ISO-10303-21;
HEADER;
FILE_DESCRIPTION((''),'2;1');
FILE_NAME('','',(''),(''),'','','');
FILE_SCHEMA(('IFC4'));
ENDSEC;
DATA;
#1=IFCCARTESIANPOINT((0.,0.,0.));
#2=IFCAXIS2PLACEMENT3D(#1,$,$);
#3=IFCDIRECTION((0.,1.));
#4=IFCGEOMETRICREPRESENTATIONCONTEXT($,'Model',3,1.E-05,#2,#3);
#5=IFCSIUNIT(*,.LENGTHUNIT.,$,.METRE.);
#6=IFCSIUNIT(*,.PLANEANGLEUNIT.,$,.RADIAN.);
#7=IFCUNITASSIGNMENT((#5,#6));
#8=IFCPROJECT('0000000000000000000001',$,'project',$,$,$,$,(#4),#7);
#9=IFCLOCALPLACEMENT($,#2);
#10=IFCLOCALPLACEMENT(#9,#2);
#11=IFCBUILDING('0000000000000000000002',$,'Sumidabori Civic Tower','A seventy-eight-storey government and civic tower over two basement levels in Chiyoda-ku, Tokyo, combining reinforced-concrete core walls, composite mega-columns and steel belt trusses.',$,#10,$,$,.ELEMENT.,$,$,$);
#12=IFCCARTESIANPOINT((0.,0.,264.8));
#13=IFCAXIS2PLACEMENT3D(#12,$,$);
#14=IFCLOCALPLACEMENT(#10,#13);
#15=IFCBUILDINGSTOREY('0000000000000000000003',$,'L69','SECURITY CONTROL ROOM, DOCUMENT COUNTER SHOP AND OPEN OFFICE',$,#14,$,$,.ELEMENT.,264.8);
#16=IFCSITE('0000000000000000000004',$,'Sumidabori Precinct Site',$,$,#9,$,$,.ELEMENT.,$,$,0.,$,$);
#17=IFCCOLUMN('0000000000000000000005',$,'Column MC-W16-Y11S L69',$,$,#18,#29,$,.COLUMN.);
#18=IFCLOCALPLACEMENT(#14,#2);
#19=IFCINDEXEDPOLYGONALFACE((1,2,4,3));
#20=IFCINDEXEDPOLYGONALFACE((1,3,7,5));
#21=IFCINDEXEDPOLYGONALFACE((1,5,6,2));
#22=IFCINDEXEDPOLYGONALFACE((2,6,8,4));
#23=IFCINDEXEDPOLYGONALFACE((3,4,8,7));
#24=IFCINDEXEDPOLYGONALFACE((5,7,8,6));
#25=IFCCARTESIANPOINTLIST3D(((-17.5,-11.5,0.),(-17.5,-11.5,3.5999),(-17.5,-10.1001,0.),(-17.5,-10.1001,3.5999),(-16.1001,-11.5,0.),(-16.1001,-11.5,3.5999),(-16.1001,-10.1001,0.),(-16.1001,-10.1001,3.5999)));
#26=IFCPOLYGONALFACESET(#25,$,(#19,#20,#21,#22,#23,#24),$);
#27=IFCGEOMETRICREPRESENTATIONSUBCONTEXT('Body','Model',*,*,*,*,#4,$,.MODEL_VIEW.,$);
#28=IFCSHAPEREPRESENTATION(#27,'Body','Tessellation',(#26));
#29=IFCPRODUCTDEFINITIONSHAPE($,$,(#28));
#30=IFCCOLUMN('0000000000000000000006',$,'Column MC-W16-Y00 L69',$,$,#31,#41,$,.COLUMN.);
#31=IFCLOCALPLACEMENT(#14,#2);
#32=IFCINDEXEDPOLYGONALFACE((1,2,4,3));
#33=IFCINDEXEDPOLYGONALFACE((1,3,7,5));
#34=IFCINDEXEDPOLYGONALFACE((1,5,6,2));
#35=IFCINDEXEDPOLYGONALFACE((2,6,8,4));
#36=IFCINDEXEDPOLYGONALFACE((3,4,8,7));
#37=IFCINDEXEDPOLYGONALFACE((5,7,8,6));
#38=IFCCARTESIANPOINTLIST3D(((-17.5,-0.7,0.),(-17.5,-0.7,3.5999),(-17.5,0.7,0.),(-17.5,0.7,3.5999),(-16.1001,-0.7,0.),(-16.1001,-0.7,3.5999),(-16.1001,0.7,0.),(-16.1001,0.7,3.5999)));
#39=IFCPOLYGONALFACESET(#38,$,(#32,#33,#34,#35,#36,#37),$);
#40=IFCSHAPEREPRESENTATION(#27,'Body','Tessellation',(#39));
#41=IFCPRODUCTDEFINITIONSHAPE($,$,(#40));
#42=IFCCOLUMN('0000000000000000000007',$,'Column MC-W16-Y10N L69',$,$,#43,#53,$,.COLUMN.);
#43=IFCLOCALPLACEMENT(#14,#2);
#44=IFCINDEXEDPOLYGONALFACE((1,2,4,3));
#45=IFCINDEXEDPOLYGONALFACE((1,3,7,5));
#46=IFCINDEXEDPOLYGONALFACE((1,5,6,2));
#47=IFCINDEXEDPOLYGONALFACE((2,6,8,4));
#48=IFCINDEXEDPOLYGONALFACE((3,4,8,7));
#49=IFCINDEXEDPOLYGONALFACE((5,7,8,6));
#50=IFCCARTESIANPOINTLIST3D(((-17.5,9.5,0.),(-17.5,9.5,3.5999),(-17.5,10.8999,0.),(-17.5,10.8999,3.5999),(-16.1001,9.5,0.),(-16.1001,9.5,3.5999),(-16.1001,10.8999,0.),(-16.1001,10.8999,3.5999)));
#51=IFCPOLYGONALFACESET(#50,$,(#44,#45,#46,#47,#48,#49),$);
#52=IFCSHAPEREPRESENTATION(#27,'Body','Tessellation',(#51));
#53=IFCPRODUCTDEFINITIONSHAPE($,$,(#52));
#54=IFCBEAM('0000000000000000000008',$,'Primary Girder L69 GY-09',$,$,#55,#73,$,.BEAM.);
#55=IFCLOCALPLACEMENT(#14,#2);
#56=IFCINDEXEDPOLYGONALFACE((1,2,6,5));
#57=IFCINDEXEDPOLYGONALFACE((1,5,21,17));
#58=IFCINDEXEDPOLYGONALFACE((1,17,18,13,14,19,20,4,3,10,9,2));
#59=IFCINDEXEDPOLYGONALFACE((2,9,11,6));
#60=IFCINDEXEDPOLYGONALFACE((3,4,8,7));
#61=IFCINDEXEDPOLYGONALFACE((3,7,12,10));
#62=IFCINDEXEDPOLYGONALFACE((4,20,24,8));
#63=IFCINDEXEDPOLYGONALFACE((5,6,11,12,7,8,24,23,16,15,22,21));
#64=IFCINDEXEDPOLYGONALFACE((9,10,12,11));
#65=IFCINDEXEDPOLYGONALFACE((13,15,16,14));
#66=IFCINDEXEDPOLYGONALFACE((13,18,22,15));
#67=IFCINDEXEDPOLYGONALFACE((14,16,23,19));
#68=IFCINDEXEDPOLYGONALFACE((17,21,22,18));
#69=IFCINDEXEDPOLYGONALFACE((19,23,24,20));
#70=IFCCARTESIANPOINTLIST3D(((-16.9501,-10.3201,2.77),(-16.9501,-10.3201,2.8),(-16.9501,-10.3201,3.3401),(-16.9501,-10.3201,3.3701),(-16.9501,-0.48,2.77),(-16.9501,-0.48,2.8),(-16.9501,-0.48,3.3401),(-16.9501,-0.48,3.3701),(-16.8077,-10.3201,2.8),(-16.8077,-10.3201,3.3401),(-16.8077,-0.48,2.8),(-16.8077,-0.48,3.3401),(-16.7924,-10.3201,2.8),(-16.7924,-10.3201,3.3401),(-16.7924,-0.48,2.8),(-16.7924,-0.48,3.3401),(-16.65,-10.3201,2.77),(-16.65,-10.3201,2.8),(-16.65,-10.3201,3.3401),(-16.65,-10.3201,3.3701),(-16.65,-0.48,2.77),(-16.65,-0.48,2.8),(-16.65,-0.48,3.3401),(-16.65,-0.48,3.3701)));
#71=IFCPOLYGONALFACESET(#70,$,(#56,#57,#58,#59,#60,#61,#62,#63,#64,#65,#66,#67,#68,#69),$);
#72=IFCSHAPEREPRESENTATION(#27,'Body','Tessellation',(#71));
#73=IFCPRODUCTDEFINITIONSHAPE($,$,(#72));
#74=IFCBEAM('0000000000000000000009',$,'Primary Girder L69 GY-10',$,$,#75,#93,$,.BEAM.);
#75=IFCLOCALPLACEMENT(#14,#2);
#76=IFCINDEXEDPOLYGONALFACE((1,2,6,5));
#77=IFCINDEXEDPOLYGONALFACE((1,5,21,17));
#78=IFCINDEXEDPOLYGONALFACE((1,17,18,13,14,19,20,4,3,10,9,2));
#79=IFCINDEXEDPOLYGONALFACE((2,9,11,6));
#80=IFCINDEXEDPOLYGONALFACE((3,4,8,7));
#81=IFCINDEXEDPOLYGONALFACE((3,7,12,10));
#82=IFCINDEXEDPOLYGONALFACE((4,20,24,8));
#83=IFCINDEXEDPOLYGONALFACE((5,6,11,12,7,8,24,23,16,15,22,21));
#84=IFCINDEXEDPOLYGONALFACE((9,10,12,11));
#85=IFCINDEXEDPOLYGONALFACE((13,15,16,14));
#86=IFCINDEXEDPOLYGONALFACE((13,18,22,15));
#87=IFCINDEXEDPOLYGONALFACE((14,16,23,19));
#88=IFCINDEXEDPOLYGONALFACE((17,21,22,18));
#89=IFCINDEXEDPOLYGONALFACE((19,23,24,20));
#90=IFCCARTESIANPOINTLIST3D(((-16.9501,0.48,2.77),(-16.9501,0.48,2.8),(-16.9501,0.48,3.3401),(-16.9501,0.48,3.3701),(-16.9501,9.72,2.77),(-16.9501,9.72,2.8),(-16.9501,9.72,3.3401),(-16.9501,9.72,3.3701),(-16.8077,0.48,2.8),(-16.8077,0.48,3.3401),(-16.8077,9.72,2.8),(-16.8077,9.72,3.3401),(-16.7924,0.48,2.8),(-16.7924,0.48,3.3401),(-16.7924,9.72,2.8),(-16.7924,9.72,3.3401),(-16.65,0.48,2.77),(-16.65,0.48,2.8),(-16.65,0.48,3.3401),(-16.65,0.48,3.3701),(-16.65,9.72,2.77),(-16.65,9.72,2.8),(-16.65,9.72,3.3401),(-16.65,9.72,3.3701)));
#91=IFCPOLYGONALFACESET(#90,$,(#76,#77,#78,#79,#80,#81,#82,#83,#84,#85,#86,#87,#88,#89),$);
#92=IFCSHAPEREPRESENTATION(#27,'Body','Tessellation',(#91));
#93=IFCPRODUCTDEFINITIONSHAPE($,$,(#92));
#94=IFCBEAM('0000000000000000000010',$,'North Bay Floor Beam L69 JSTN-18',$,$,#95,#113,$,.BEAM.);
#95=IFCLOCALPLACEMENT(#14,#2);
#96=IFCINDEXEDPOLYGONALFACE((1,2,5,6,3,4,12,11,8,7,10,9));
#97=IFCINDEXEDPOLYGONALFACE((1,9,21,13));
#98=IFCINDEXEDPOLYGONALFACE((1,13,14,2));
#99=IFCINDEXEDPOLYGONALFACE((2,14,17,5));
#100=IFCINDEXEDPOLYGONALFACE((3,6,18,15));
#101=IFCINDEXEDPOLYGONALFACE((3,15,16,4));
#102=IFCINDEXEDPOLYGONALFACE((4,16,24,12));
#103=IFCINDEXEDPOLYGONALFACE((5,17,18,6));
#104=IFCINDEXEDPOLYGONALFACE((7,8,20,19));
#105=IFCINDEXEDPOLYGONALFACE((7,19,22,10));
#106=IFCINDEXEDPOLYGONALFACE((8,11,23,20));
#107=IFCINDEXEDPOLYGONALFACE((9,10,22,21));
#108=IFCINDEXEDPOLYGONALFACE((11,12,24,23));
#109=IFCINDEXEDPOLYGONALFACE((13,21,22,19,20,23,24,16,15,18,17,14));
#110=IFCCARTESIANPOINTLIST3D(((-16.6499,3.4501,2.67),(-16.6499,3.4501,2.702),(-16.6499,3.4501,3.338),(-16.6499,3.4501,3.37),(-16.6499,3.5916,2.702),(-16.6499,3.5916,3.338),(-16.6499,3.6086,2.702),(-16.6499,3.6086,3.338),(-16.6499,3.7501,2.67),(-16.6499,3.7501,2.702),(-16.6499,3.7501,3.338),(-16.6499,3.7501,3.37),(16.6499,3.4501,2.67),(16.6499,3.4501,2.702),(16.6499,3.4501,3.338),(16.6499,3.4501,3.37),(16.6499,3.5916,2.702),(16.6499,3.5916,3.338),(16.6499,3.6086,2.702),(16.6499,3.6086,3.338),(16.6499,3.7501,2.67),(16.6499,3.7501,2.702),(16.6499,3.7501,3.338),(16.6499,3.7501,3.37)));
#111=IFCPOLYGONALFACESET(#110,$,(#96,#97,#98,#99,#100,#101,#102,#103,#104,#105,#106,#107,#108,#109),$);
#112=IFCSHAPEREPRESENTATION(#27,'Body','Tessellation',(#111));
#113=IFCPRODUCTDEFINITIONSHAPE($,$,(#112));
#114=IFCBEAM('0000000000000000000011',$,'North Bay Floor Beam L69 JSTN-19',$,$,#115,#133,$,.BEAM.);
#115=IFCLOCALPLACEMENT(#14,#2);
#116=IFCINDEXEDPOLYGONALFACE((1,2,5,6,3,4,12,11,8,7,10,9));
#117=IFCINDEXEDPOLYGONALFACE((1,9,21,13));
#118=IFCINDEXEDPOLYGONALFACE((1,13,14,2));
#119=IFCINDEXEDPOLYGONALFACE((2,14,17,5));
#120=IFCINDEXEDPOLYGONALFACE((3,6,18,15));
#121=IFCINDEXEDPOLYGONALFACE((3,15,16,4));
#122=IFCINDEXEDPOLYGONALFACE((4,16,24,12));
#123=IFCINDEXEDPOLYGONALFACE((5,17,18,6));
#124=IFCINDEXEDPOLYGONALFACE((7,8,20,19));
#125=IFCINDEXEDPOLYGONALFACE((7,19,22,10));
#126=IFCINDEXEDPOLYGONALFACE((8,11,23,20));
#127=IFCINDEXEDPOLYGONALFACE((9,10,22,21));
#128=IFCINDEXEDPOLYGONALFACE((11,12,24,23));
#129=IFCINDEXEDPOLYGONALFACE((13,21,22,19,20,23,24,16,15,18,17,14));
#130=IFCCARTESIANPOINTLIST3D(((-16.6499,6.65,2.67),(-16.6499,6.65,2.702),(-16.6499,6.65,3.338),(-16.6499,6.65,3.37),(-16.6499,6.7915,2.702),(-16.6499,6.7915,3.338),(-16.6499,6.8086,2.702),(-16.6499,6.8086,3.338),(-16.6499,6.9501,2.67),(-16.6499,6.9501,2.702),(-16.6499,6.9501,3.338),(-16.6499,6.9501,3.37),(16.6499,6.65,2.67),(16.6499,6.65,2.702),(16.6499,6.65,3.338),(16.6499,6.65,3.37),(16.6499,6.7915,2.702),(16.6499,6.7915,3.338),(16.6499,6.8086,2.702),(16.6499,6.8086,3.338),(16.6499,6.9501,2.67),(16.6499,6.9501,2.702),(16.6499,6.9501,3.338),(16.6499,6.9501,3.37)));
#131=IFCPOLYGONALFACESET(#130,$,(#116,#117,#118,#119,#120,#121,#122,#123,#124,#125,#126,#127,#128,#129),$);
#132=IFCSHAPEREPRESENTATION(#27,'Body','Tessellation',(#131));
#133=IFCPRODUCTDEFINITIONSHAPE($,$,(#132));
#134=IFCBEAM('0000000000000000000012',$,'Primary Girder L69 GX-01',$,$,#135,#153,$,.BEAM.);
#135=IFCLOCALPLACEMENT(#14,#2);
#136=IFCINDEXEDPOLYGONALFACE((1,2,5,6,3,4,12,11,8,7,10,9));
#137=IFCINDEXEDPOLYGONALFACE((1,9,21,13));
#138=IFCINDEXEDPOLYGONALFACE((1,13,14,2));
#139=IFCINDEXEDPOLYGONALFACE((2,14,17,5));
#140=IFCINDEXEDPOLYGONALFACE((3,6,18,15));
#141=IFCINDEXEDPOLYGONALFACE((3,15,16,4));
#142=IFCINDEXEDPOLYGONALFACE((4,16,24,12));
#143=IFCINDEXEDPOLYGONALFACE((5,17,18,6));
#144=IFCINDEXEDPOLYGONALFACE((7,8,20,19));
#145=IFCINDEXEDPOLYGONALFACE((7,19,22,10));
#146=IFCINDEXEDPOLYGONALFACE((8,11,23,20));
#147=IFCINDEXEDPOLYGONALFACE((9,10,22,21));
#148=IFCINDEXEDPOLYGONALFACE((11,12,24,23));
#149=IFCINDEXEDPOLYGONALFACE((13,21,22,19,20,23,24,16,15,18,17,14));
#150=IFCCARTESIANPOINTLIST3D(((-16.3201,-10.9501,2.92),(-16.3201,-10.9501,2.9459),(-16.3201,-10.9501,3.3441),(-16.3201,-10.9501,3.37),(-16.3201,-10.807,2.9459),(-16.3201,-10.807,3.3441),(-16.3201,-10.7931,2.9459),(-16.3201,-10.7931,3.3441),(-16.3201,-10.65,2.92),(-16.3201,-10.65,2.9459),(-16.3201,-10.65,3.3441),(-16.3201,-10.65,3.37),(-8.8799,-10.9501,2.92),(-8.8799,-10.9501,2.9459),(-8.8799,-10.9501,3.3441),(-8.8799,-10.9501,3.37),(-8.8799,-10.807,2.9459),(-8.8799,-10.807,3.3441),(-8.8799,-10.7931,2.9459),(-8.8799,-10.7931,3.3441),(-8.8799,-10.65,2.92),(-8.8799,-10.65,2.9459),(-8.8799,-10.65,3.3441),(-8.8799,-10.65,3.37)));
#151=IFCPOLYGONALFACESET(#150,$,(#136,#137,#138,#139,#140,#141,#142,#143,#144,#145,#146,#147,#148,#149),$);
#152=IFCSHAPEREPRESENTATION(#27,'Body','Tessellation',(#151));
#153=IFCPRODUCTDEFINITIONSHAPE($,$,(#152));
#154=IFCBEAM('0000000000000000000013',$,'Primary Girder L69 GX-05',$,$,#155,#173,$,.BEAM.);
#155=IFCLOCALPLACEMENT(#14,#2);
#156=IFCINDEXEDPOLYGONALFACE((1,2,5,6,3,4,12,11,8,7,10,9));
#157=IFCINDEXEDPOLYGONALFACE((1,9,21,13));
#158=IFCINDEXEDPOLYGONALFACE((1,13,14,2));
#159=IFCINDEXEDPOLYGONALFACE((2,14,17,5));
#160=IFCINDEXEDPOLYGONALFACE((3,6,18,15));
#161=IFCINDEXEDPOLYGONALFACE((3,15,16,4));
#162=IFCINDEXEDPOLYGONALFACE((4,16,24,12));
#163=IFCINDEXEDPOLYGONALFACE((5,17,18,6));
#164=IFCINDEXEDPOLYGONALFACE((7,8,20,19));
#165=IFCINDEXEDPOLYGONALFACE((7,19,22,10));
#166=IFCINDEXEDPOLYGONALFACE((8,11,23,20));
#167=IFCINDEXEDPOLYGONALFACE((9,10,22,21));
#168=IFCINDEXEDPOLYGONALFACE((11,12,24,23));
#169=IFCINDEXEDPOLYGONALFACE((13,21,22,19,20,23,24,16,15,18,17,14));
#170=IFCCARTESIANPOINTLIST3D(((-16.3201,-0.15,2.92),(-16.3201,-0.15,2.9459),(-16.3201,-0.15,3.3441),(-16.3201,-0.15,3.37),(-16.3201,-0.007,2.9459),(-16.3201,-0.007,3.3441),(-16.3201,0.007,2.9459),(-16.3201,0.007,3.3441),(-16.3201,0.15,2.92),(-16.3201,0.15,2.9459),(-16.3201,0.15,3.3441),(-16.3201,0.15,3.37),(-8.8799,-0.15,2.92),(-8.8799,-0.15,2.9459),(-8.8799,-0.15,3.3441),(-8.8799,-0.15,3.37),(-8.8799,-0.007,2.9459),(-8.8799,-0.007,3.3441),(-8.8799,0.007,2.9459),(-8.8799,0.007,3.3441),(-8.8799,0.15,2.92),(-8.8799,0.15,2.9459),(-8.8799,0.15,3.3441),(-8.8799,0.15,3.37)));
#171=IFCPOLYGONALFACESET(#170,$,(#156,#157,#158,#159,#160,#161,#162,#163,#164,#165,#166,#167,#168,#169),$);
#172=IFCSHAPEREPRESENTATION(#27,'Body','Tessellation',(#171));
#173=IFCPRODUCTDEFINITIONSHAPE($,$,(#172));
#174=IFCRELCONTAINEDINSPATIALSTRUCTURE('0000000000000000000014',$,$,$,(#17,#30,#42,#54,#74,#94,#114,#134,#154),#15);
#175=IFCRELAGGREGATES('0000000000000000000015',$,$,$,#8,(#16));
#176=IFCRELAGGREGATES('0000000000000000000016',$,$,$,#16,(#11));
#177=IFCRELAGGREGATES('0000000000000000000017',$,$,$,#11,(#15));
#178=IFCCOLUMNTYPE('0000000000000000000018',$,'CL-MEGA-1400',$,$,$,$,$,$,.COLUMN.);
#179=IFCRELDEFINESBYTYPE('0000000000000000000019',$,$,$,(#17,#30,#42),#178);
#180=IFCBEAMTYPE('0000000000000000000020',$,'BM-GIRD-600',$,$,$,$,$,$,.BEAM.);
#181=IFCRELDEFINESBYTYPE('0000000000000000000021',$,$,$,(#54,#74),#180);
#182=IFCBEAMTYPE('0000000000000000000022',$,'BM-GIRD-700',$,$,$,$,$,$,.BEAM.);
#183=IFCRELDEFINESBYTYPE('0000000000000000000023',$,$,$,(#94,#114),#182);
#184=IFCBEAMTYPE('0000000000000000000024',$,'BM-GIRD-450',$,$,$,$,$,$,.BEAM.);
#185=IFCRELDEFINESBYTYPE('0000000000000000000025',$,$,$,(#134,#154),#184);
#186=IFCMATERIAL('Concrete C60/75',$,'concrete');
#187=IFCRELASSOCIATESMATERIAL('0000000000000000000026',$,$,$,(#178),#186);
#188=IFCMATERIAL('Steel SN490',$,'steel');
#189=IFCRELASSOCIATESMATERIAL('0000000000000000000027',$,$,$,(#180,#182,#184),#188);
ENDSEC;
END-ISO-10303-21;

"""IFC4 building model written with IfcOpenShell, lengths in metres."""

from ifc_helpers import new_model, si_unit, direction, frame, origin, origin_2d, place, context, subcontext, project, spatial, rectangle, i_section, extrude, source, transform, mapped, material, material_profile, profile_set, type_object, element, save


model = new_model("IFC4")

# Units and contexts
model_context = context("Model", 3, precision=1e-05, world=origin(), true_north=direction((0.0, 1.0)))
body_context = subcontext(model_context, "Body", "Model", "MODEL_VIEW")
ifc_project = project(units=[si_unit("LENGTHUNIT", "METRE"), si_unit("PLANEANGLEUNIT", "RADIAN")], contexts=[model_context])

# Site, building, storey
site_placement = place(None, origin())
site = spatial("IfcSite", under=ifc_project, at=site_placement, Name="Sumidabori Precinct Site", CompositionType="ELEMENT", RefElevation=0.0)
building_placement = place(site_placement, origin())
building = spatial("IfcBuilding", under=site, at=building_placement, Name="Sumidabori Civic Tower", Description="A seventy-eight-storey government and civic tower over two basement levels in Chiyoda-ku, Tokyo, combining reinforced-concrete core walls, composite mega-columns and steel belt trusses.", CompositionType="ELEMENT")
storey_placement = place(building_placement, frame((0.0, 0.0, 264.8)))
storey = spatial("IfcBuildingStorey", under=building, at=storey_placement, Name="L69", Description="SECURITY CONTROL ROOM, DOCUMENT COUNTER SHOP AND OPEN OFFICE", CompositionType="ELEMENT", Elevation=264.8)

# Columns
ifc_material_1 = material(Name="Concrete C60/75", Category="concrete")
ifc_material_profile_1 = material_profile(ifc_material_1, rectangle(XDim=1.3999, YDim=1.3999, at=origin_2d()), Name="RC 1400x1400")
ifc_profile_set_1 = profile_set([ifc_material_profile_1], Name="Concrete C60/75")
column_type = type_object("IfcColumnType", Name="CL-MEGA-1400", PredefinedType="COLUMN", material=ifc_profile_set_1)
shared_shape_1 = source(origin(), body_context, "Body", "SweptSolid", [
    extrude(rectangle(XDim=1.3999, YDim=1.3999, at=origin_2d()), origin(), (0.0, 0.0, 1.0), 3.5999),
])
for number, where, z_axis, x_axis, name in (
    (1, (-16.8, -10.8, 0.0), (0.0, 0.0, 1.0), (1.0, 0.0, 0.0), "Column MC-W16-Y11S L69"),
    (2, (-16.8, 0.0, 0.0), (0.0, 0.0, 1.0), (1.0, 0.0, 0.0), "Column MC-W16-Y00 L69"),
    (3, (-16.8, 10.2, 0.0), (0.0, 0.0, 1.0), (1.0, 0.0, 0.0), "Column MC-W16-Y10N L69"),
):
    element("IfcColumn", number, at=place(storey_placement, frame(where, z_axis=z_axis, x_axis=x_axis)), inside=storey, type_object=column_type, Name=name, PredefinedType="COLUMN", context=body_context, shape_type="MappedRepresentation", body=[
        mapped(shared_shape_1, transform((0.0, 0.0, 0.0), x_axis=(1.0, 0.0, 0.0), y_axis=(0.0, 1.0, 0.0), z_axis=(0.0, 0.0, 1.0), scale=1.0)),
    ])

# Beams
ifc_material_2 = material(Name="Steel SN490", Category="steel")
ifc_material_profile_2 = material_profile(ifc_material_2, i_section(OverallWidth=0.3, OverallDepth=0.6001, WebThickness=0.0154, FlangeThickness=0.03, at=origin_2d()), Name="HE 600 B")
ifc_profile_set_2 = profile_set([ifc_material_profile_2], Name="Steel SN490")
beam_type_1 = type_object("IfcBeamType", Name="BM-GIRD-600", PredefinedType="BEAM", material=ifc_profile_set_2)
shared_shape_2 = source(origin(), body_context, "Body", "SweptSolid", [
    extrude(i_section(OverallWidth=0.3, OverallDepth=0.6001, WebThickness=0.0154, FlangeThickness=0.03, at=origin_2d()), origin(), (0.0, 0.0, 1.0), 9.8401),
])
beam_1_placement = place(storey_placement, frame((-16.8, -10.3201, 3.0701), z_axis=(0.0, 1.0, 0.0), x_axis=(-1.0, 0.0, 0.0)))
element("IfcBeam", 4, at=beam_1_placement, inside=storey, type_object=beam_type_1, Name="Primary Girder L69 GY-09", PredefinedType="BEAM", context=body_context, shape_type="MappedRepresentation", body=[
    mapped(shared_shape_2, transform((0.0, 0.0, 0.0), x_axis=(1.0, 0.0, 0.0), y_axis=(0.0, 1.0, 0.0), z_axis=(0.0, 0.0, 1.0), scale=1.0)),
])
shared_shape_3 = source(origin(), body_context, "Body", "SweptSolid", [
    extrude(i_section(OverallWidth=0.3, OverallDepth=0.6001, WebThickness=0.0154, FlangeThickness=0.03, at=origin_2d()), origin(), (0.0, 0.0, 1.0), 9.24),
])
beam_2_placement = place(storey_placement, frame((-16.8, 0.48, 3.0701), z_axis=(0.0, 1.0, 0.0), x_axis=(-1.0, 0.0, 0.0)))
element("IfcBeam", 5, at=beam_2_placement, inside=storey, type_object=beam_type_1, Name="Primary Girder L69 GY-10", PredefinedType="BEAM", context=body_context, shape_type="MappedRepresentation", body=[
    mapped(shared_shape_3, transform((0.0, 0.0, 0.0), x_axis=(1.0, 0.0, 0.0), y_axis=(0.0, 1.0, 0.0), z_axis=(0.0, 0.0, 1.0), scale=1.0)),
])
ifc_material_profile_3 = material_profile(ifc_material_2, i_section(OverallWidth=0.3, OverallDepth=0.7, WebThickness=0.0171, FlangeThickness=0.032, at=origin_2d()), Name="HE 700 B")
ifc_profile_set_3 = profile_set([ifc_material_profile_3], Name="Steel SN490")
beam_type_2 = type_object("IfcBeamType", Name="BM-GIRD-700", PredefinedType="BEAM", material=ifc_profile_set_3)
shared_shape_4 = source(origin(), body_context, "Body", "SweptSolid", [
    extrude(i_section(OverallWidth=0.3, OverallDepth=0.7, WebThickness=0.0171, FlangeThickness=0.032, at=origin_2d()), origin(), (0.0, 0.0, 1.0), 33.2998),
])
for number, where, z_axis, x_axis, name in (
    (6, (-16.6499, 3.6001, 3.02), (1.0, 0.0, 0.0), (0.0, 1.0, 0.0), "North Bay Floor Beam L69 JSTN-18"),
    (7, (-16.6499, 6.8, 3.02), (1.0, 0.0, 0.0), (0.0, 1.0, 0.0), "North Bay Floor Beam L69 JSTN-19"),
):
    element("IfcBeam", number, at=place(storey_placement, frame(where, z_axis=z_axis, x_axis=x_axis)), inside=storey, type_object=beam_type_2, Name=name, PredefinedType="BEAM", context=body_context, shape_type="MappedRepresentation", body=[
        mapped(shared_shape_4, transform((0.0, 0.0, 0.0), x_axis=(1.0, 0.0, 0.0), y_axis=(0.0, 1.0, 0.0), z_axis=(0.0, 0.0, 1.0), scale=1.0)),
    ])
ifc_material_profile_4 = material_profile(ifc_material_2, i_section(OverallWidth=0.3, OverallDepth=0.45, WebThickness=0.0139, FlangeThickness=0.0259, at=origin_2d()), Name="HE 450 B")
ifc_profile_set_4 = profile_set([ifc_material_profile_4], Name="Steel SN490")
beam_type_3 = type_object("IfcBeamType", Name="BM-GIRD-450", PredefinedType="BEAM", material=ifc_profile_set_4)
shared_shape_5 = source(origin(), body_context, "Body", "SweptSolid", [
    extrude(i_section(OverallWidth=0.3, OverallDepth=0.45, WebThickness=0.0139, FlangeThickness=0.0259, at=origin_2d()), origin(), (0.0, 0.0, 1.0), 7.4402),
])
for number, where, z_axis, x_axis, name in (
    (8, (-16.3201, -10.8, 3.145), (1.0, 0.0, 0.0), (0.0, 1.0, 0.0), "Primary Girder L69 GX-01"),
    (9, (-16.3201, 0.0, 3.145), (1.0, 0.0, 0.0), (0.0, 1.0, 0.0), "Primary Girder L69 GX-05"),
):
    element("IfcBeam", number, at=place(storey_placement, frame(where, z_axis=z_axis, x_axis=x_axis)), inside=storey, type_object=beam_type_3, Name=name, PredefinedType="BEAM", context=body_context, shape_type="MappedRepresentation", body=[
        mapped(shared_shape_5, transform((0.0, 0.0, 0.0), x_axis=(1.0, 0.0, 0.0), y_axis=(0.0, 1.0, 0.0), z_axis=(0.0, 0.0, 1.0), scale=1.0)),
    ])

save(model, "model.ifc")
